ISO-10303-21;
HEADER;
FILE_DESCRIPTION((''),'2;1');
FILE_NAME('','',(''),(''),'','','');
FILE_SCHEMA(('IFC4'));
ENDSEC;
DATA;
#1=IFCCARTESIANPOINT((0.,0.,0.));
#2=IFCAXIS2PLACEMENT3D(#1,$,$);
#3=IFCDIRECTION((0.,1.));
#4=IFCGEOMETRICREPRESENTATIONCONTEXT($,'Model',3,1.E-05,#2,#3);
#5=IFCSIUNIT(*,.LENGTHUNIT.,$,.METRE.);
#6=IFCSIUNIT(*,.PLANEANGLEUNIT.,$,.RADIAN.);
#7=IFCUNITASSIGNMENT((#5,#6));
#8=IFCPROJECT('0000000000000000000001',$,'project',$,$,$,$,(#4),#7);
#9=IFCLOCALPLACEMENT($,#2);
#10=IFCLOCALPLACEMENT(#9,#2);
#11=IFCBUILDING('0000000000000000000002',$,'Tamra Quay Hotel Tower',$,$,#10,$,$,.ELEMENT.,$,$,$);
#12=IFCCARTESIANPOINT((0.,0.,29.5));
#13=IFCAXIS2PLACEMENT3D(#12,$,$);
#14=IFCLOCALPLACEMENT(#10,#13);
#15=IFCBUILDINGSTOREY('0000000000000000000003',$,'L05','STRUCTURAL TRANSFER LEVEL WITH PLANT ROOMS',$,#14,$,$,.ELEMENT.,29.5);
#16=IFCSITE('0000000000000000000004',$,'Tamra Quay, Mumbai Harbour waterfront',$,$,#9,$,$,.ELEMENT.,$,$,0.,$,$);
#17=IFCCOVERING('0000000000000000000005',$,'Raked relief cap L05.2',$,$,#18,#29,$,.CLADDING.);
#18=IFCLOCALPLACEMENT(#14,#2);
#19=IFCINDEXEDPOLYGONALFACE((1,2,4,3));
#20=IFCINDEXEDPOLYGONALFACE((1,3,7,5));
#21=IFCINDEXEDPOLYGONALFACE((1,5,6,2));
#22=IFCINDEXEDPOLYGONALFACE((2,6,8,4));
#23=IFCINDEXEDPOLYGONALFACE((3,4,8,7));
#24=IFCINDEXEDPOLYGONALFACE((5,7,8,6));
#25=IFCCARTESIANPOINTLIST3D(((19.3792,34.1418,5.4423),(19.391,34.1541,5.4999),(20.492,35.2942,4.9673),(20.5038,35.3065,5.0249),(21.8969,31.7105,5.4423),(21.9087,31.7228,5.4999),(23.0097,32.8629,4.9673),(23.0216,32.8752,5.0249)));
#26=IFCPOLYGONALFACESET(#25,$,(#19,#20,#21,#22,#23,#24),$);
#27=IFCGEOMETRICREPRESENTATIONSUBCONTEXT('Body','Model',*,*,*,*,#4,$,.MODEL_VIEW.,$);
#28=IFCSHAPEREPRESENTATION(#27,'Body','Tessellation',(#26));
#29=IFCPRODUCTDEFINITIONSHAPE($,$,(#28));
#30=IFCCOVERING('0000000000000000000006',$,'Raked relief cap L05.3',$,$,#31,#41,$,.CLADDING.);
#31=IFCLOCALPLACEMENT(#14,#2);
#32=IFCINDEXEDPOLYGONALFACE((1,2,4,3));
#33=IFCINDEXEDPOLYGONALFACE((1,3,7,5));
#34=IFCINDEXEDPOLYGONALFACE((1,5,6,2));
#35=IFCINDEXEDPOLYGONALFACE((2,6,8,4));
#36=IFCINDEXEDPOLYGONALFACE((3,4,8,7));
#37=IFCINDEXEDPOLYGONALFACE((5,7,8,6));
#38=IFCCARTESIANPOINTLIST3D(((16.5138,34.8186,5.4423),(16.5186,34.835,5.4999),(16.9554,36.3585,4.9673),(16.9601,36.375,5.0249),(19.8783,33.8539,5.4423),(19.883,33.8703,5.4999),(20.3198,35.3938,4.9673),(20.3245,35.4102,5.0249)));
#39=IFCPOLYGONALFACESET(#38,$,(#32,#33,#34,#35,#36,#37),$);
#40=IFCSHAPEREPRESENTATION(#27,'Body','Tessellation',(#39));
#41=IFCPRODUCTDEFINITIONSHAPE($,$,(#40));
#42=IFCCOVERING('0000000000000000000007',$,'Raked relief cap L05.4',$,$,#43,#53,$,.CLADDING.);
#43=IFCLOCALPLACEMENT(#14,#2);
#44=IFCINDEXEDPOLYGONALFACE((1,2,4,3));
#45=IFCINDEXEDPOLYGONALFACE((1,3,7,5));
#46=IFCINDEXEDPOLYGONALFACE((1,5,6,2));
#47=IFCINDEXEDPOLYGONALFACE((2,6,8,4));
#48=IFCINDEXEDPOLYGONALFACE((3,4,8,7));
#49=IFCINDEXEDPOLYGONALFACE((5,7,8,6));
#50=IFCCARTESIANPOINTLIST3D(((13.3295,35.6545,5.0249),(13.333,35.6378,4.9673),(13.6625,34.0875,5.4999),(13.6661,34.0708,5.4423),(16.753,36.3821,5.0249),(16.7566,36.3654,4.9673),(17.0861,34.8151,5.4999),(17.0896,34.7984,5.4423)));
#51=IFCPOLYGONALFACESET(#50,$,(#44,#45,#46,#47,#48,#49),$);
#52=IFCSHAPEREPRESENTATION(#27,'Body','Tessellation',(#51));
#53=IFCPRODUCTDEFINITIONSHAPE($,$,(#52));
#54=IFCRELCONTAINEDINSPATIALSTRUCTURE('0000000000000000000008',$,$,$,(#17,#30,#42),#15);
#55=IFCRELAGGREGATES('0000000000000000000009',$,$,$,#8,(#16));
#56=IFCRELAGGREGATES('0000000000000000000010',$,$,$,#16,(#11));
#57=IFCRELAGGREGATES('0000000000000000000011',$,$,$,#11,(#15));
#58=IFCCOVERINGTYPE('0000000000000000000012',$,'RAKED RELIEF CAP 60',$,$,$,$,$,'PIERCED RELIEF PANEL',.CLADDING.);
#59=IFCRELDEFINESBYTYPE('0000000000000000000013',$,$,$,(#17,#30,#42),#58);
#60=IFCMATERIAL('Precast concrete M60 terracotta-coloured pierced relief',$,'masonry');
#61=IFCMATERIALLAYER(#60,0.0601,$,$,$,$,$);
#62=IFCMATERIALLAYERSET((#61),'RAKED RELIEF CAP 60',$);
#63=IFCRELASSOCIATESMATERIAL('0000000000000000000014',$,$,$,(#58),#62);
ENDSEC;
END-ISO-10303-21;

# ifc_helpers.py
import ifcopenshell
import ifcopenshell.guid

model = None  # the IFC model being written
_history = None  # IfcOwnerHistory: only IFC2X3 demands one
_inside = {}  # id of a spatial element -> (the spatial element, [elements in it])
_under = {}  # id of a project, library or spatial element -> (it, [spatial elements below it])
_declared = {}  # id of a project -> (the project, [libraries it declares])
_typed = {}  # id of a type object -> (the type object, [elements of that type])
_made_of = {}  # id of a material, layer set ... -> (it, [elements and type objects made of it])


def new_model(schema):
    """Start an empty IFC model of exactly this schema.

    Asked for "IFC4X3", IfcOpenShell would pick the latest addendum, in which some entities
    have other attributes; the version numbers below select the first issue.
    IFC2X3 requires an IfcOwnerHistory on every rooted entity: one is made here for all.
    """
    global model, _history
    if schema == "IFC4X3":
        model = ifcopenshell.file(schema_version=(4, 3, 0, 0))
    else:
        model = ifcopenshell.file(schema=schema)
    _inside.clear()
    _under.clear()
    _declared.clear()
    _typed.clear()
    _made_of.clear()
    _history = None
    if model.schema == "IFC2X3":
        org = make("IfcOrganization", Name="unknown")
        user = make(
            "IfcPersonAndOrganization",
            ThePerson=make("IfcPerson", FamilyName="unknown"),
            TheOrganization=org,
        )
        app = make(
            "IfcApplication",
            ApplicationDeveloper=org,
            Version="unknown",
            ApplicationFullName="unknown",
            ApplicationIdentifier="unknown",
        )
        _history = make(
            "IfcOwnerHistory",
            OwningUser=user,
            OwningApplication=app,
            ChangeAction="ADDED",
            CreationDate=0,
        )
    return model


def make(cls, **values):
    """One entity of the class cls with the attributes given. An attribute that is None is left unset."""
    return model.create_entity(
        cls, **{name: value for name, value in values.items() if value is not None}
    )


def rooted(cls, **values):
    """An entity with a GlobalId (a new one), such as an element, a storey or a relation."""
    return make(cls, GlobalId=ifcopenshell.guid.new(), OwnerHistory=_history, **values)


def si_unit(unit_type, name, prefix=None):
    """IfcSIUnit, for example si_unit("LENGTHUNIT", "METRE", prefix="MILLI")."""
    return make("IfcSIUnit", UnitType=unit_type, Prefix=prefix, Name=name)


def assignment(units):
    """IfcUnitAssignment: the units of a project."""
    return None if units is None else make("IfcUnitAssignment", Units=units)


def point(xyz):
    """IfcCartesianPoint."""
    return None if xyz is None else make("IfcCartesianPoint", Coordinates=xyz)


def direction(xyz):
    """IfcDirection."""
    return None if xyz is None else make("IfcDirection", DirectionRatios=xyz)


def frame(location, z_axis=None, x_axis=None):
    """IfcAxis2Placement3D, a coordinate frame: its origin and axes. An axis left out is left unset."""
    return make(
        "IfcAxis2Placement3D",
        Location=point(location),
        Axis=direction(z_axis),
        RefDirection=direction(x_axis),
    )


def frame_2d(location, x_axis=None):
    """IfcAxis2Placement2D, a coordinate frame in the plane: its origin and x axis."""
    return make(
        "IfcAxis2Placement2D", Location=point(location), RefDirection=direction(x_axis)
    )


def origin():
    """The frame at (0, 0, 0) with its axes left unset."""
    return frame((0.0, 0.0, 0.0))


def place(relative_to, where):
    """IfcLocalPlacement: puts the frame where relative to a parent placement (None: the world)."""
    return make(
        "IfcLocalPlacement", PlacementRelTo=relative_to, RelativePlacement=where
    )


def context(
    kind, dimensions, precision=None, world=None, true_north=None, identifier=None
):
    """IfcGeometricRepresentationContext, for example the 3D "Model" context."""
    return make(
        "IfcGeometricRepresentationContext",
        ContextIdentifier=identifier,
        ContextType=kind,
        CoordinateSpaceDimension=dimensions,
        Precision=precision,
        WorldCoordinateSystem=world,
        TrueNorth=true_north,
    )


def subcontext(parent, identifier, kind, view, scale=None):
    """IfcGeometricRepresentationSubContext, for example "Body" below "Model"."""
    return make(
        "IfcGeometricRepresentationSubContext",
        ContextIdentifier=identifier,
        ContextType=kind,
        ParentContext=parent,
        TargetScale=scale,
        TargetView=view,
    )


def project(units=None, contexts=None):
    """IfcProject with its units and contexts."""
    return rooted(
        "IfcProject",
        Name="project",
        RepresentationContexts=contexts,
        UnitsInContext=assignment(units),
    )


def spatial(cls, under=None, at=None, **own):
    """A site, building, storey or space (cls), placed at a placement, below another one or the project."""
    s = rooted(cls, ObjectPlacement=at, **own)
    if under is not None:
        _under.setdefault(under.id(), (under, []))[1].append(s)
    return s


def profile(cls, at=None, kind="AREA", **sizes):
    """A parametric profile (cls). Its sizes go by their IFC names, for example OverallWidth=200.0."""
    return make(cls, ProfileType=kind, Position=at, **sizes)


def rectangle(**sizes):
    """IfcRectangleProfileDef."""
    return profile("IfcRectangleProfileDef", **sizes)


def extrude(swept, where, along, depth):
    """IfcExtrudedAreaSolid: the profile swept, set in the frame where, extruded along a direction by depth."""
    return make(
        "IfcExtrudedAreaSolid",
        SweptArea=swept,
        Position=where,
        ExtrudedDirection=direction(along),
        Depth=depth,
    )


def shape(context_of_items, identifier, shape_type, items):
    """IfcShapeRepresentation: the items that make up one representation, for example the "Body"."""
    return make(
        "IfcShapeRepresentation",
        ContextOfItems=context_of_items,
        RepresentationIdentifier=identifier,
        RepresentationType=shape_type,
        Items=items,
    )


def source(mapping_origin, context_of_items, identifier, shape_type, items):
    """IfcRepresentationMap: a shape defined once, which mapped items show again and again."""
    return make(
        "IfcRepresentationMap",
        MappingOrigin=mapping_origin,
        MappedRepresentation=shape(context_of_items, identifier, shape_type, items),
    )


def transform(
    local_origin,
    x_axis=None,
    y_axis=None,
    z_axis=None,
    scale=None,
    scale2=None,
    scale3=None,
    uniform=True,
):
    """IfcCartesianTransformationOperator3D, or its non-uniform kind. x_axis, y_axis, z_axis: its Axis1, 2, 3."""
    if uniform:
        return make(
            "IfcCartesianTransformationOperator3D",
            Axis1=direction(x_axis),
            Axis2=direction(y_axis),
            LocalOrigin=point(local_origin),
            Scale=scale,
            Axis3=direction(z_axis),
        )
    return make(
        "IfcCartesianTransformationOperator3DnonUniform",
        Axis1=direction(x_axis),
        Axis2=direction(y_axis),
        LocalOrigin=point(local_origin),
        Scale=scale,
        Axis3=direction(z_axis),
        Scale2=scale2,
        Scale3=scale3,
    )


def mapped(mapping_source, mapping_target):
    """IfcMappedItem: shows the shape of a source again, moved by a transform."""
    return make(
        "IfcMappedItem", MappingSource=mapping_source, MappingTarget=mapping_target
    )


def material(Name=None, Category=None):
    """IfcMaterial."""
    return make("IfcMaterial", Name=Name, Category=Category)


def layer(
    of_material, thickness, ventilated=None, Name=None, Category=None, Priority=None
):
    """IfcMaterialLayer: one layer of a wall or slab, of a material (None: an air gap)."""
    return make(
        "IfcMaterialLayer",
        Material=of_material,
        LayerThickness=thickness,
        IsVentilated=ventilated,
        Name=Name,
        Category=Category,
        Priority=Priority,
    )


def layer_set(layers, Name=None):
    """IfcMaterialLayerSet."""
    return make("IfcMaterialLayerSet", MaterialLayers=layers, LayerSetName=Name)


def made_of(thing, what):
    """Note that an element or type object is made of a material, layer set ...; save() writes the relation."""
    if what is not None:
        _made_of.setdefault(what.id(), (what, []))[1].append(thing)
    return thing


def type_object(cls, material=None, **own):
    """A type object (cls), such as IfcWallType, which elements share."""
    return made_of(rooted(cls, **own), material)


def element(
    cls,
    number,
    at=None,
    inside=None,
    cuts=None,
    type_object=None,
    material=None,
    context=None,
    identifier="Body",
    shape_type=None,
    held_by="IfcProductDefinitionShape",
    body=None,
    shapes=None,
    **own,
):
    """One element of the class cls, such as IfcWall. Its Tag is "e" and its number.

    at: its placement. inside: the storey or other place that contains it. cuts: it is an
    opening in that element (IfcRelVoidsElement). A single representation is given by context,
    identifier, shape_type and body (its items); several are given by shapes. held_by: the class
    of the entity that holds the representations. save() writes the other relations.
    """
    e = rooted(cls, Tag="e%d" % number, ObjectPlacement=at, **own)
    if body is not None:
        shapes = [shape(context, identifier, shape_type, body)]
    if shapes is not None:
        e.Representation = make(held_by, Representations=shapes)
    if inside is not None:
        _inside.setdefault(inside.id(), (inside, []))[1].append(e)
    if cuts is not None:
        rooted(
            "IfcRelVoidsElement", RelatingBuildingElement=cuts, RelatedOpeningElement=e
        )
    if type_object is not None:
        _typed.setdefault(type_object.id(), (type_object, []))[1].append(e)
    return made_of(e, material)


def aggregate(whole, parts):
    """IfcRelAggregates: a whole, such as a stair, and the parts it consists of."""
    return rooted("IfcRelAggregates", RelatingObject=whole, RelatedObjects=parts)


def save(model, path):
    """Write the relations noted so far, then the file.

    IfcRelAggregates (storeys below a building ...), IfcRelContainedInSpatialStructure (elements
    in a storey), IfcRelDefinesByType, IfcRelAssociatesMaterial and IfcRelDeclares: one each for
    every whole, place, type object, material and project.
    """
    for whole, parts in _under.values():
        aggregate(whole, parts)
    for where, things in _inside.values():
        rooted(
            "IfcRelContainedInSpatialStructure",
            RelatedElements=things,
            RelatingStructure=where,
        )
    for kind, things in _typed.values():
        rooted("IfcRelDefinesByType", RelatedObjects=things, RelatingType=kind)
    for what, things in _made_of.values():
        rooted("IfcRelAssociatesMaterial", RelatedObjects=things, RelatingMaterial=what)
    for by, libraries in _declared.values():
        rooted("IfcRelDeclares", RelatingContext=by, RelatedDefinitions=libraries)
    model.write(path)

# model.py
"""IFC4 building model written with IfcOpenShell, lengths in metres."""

from ifc_helpers import new_model, si_unit, direction, frame, frame_2d, origin, place, context, subcontext, project, spatial, rectangle, extrude, source, transform, mapped, material, layer, layer_set, type_object, element, save


model = new_model("IFC4")

# Units and contexts
model_context = context("Model", 3, precision=1e-05, world=origin(), true_north=direction((0.0, 1.0)))
body_context = subcontext(model_context, "Body", "Model", "MODEL_VIEW")
ifc_project = project(units=[si_unit("LENGTHUNIT", "METRE"), si_unit("PLANEANGLEUNIT", "RADIAN")], contexts=[model_context])

# Site, building, storey
site_placement = place(None, origin())
site = spatial("IfcSite", under=ifc_project, at=site_placement, Name="Tamra Quay, Mumbai Harbour waterfront", CompositionType="ELEMENT", RefElevation=0.0)
building_placement = place(site_placement, origin())
building = spatial("IfcBuilding", under=site, at=building_placement, Name="Tamra Quay Hotel Tower", CompositionType="ELEMENT")
storey_placement = place(building_placement, frame((0.0, 0.0, 29.5)))
storey = spatial("IfcBuildingStorey", under=building, at=storey_placement, Name="L05", Description="STRUCTURAL TRANSFER LEVEL WITH PLANT ROOMS", CompositionType="ELEMENT", Elevation=29.5)

# Coverings
ifc_material_1 = material(Name="Precast concrete M60 terracotta-coloured pierced relief", Category="masonry")
ifc_layer_1 = layer(ifc_material_1, 0.0601)
ifc_layer_set_1 = layer_set([ifc_layer_1], Name="RAKED RELIEF CAP 60")
covering_type_1 = type_object("IfcCoveringType", Name="RAKED RELIEF CAP 60", ElementType="PIERCED RELIEF PANEL", PredefinedType="CLADDING", material=ifc_layer_set_1)
shared_shape_1 = source(origin(), body_context, "Body", "SweptSolid", [
    extrude(rectangle(XDim=3.5, YDim=1.6709, at=frame_2d((1.75, 0.8354))), frame((-1.75, 0.0, -0.0601)), (0.0, 0.0, 1.0), 0.0601),
])
for number, where, z_axis, x_axis, name in (
    (1, (21.7627, 34.0908, 5.0249), (0.197455, 0.204474, 0.95875), (-0.719346, 0.694652, 0.0), "Raked relief cap L05.2"),
    (2, (18.6423, 35.8926, 5.0249), (0.078352, 0.273238, 0.95875), (-0.961259, 0.275645, 0.0), "Raked relief cap L05.3"),
    (3, (15.0413, 36.0183, 5.0249), (-0.059092, 0.27804, 0.95875), (-0.978153, -0.207887, 0.0), "Raked relief cap L05.4"),
):
    element("IfcCovering", number, at=place(storey_placement, frame(where, z_axis=z_axis, x_axis=x_axis)), inside=storey, type_object=covering_type_1, Name=name, PredefinedType="CLADDING", context=body_context, shape_type="MappedRepresentation", body=[
        mapped(shared_shape_1, transform((0.0, 0.0, 0.0), scale=1.0)),
    ])

save(model, "model.ifc")
